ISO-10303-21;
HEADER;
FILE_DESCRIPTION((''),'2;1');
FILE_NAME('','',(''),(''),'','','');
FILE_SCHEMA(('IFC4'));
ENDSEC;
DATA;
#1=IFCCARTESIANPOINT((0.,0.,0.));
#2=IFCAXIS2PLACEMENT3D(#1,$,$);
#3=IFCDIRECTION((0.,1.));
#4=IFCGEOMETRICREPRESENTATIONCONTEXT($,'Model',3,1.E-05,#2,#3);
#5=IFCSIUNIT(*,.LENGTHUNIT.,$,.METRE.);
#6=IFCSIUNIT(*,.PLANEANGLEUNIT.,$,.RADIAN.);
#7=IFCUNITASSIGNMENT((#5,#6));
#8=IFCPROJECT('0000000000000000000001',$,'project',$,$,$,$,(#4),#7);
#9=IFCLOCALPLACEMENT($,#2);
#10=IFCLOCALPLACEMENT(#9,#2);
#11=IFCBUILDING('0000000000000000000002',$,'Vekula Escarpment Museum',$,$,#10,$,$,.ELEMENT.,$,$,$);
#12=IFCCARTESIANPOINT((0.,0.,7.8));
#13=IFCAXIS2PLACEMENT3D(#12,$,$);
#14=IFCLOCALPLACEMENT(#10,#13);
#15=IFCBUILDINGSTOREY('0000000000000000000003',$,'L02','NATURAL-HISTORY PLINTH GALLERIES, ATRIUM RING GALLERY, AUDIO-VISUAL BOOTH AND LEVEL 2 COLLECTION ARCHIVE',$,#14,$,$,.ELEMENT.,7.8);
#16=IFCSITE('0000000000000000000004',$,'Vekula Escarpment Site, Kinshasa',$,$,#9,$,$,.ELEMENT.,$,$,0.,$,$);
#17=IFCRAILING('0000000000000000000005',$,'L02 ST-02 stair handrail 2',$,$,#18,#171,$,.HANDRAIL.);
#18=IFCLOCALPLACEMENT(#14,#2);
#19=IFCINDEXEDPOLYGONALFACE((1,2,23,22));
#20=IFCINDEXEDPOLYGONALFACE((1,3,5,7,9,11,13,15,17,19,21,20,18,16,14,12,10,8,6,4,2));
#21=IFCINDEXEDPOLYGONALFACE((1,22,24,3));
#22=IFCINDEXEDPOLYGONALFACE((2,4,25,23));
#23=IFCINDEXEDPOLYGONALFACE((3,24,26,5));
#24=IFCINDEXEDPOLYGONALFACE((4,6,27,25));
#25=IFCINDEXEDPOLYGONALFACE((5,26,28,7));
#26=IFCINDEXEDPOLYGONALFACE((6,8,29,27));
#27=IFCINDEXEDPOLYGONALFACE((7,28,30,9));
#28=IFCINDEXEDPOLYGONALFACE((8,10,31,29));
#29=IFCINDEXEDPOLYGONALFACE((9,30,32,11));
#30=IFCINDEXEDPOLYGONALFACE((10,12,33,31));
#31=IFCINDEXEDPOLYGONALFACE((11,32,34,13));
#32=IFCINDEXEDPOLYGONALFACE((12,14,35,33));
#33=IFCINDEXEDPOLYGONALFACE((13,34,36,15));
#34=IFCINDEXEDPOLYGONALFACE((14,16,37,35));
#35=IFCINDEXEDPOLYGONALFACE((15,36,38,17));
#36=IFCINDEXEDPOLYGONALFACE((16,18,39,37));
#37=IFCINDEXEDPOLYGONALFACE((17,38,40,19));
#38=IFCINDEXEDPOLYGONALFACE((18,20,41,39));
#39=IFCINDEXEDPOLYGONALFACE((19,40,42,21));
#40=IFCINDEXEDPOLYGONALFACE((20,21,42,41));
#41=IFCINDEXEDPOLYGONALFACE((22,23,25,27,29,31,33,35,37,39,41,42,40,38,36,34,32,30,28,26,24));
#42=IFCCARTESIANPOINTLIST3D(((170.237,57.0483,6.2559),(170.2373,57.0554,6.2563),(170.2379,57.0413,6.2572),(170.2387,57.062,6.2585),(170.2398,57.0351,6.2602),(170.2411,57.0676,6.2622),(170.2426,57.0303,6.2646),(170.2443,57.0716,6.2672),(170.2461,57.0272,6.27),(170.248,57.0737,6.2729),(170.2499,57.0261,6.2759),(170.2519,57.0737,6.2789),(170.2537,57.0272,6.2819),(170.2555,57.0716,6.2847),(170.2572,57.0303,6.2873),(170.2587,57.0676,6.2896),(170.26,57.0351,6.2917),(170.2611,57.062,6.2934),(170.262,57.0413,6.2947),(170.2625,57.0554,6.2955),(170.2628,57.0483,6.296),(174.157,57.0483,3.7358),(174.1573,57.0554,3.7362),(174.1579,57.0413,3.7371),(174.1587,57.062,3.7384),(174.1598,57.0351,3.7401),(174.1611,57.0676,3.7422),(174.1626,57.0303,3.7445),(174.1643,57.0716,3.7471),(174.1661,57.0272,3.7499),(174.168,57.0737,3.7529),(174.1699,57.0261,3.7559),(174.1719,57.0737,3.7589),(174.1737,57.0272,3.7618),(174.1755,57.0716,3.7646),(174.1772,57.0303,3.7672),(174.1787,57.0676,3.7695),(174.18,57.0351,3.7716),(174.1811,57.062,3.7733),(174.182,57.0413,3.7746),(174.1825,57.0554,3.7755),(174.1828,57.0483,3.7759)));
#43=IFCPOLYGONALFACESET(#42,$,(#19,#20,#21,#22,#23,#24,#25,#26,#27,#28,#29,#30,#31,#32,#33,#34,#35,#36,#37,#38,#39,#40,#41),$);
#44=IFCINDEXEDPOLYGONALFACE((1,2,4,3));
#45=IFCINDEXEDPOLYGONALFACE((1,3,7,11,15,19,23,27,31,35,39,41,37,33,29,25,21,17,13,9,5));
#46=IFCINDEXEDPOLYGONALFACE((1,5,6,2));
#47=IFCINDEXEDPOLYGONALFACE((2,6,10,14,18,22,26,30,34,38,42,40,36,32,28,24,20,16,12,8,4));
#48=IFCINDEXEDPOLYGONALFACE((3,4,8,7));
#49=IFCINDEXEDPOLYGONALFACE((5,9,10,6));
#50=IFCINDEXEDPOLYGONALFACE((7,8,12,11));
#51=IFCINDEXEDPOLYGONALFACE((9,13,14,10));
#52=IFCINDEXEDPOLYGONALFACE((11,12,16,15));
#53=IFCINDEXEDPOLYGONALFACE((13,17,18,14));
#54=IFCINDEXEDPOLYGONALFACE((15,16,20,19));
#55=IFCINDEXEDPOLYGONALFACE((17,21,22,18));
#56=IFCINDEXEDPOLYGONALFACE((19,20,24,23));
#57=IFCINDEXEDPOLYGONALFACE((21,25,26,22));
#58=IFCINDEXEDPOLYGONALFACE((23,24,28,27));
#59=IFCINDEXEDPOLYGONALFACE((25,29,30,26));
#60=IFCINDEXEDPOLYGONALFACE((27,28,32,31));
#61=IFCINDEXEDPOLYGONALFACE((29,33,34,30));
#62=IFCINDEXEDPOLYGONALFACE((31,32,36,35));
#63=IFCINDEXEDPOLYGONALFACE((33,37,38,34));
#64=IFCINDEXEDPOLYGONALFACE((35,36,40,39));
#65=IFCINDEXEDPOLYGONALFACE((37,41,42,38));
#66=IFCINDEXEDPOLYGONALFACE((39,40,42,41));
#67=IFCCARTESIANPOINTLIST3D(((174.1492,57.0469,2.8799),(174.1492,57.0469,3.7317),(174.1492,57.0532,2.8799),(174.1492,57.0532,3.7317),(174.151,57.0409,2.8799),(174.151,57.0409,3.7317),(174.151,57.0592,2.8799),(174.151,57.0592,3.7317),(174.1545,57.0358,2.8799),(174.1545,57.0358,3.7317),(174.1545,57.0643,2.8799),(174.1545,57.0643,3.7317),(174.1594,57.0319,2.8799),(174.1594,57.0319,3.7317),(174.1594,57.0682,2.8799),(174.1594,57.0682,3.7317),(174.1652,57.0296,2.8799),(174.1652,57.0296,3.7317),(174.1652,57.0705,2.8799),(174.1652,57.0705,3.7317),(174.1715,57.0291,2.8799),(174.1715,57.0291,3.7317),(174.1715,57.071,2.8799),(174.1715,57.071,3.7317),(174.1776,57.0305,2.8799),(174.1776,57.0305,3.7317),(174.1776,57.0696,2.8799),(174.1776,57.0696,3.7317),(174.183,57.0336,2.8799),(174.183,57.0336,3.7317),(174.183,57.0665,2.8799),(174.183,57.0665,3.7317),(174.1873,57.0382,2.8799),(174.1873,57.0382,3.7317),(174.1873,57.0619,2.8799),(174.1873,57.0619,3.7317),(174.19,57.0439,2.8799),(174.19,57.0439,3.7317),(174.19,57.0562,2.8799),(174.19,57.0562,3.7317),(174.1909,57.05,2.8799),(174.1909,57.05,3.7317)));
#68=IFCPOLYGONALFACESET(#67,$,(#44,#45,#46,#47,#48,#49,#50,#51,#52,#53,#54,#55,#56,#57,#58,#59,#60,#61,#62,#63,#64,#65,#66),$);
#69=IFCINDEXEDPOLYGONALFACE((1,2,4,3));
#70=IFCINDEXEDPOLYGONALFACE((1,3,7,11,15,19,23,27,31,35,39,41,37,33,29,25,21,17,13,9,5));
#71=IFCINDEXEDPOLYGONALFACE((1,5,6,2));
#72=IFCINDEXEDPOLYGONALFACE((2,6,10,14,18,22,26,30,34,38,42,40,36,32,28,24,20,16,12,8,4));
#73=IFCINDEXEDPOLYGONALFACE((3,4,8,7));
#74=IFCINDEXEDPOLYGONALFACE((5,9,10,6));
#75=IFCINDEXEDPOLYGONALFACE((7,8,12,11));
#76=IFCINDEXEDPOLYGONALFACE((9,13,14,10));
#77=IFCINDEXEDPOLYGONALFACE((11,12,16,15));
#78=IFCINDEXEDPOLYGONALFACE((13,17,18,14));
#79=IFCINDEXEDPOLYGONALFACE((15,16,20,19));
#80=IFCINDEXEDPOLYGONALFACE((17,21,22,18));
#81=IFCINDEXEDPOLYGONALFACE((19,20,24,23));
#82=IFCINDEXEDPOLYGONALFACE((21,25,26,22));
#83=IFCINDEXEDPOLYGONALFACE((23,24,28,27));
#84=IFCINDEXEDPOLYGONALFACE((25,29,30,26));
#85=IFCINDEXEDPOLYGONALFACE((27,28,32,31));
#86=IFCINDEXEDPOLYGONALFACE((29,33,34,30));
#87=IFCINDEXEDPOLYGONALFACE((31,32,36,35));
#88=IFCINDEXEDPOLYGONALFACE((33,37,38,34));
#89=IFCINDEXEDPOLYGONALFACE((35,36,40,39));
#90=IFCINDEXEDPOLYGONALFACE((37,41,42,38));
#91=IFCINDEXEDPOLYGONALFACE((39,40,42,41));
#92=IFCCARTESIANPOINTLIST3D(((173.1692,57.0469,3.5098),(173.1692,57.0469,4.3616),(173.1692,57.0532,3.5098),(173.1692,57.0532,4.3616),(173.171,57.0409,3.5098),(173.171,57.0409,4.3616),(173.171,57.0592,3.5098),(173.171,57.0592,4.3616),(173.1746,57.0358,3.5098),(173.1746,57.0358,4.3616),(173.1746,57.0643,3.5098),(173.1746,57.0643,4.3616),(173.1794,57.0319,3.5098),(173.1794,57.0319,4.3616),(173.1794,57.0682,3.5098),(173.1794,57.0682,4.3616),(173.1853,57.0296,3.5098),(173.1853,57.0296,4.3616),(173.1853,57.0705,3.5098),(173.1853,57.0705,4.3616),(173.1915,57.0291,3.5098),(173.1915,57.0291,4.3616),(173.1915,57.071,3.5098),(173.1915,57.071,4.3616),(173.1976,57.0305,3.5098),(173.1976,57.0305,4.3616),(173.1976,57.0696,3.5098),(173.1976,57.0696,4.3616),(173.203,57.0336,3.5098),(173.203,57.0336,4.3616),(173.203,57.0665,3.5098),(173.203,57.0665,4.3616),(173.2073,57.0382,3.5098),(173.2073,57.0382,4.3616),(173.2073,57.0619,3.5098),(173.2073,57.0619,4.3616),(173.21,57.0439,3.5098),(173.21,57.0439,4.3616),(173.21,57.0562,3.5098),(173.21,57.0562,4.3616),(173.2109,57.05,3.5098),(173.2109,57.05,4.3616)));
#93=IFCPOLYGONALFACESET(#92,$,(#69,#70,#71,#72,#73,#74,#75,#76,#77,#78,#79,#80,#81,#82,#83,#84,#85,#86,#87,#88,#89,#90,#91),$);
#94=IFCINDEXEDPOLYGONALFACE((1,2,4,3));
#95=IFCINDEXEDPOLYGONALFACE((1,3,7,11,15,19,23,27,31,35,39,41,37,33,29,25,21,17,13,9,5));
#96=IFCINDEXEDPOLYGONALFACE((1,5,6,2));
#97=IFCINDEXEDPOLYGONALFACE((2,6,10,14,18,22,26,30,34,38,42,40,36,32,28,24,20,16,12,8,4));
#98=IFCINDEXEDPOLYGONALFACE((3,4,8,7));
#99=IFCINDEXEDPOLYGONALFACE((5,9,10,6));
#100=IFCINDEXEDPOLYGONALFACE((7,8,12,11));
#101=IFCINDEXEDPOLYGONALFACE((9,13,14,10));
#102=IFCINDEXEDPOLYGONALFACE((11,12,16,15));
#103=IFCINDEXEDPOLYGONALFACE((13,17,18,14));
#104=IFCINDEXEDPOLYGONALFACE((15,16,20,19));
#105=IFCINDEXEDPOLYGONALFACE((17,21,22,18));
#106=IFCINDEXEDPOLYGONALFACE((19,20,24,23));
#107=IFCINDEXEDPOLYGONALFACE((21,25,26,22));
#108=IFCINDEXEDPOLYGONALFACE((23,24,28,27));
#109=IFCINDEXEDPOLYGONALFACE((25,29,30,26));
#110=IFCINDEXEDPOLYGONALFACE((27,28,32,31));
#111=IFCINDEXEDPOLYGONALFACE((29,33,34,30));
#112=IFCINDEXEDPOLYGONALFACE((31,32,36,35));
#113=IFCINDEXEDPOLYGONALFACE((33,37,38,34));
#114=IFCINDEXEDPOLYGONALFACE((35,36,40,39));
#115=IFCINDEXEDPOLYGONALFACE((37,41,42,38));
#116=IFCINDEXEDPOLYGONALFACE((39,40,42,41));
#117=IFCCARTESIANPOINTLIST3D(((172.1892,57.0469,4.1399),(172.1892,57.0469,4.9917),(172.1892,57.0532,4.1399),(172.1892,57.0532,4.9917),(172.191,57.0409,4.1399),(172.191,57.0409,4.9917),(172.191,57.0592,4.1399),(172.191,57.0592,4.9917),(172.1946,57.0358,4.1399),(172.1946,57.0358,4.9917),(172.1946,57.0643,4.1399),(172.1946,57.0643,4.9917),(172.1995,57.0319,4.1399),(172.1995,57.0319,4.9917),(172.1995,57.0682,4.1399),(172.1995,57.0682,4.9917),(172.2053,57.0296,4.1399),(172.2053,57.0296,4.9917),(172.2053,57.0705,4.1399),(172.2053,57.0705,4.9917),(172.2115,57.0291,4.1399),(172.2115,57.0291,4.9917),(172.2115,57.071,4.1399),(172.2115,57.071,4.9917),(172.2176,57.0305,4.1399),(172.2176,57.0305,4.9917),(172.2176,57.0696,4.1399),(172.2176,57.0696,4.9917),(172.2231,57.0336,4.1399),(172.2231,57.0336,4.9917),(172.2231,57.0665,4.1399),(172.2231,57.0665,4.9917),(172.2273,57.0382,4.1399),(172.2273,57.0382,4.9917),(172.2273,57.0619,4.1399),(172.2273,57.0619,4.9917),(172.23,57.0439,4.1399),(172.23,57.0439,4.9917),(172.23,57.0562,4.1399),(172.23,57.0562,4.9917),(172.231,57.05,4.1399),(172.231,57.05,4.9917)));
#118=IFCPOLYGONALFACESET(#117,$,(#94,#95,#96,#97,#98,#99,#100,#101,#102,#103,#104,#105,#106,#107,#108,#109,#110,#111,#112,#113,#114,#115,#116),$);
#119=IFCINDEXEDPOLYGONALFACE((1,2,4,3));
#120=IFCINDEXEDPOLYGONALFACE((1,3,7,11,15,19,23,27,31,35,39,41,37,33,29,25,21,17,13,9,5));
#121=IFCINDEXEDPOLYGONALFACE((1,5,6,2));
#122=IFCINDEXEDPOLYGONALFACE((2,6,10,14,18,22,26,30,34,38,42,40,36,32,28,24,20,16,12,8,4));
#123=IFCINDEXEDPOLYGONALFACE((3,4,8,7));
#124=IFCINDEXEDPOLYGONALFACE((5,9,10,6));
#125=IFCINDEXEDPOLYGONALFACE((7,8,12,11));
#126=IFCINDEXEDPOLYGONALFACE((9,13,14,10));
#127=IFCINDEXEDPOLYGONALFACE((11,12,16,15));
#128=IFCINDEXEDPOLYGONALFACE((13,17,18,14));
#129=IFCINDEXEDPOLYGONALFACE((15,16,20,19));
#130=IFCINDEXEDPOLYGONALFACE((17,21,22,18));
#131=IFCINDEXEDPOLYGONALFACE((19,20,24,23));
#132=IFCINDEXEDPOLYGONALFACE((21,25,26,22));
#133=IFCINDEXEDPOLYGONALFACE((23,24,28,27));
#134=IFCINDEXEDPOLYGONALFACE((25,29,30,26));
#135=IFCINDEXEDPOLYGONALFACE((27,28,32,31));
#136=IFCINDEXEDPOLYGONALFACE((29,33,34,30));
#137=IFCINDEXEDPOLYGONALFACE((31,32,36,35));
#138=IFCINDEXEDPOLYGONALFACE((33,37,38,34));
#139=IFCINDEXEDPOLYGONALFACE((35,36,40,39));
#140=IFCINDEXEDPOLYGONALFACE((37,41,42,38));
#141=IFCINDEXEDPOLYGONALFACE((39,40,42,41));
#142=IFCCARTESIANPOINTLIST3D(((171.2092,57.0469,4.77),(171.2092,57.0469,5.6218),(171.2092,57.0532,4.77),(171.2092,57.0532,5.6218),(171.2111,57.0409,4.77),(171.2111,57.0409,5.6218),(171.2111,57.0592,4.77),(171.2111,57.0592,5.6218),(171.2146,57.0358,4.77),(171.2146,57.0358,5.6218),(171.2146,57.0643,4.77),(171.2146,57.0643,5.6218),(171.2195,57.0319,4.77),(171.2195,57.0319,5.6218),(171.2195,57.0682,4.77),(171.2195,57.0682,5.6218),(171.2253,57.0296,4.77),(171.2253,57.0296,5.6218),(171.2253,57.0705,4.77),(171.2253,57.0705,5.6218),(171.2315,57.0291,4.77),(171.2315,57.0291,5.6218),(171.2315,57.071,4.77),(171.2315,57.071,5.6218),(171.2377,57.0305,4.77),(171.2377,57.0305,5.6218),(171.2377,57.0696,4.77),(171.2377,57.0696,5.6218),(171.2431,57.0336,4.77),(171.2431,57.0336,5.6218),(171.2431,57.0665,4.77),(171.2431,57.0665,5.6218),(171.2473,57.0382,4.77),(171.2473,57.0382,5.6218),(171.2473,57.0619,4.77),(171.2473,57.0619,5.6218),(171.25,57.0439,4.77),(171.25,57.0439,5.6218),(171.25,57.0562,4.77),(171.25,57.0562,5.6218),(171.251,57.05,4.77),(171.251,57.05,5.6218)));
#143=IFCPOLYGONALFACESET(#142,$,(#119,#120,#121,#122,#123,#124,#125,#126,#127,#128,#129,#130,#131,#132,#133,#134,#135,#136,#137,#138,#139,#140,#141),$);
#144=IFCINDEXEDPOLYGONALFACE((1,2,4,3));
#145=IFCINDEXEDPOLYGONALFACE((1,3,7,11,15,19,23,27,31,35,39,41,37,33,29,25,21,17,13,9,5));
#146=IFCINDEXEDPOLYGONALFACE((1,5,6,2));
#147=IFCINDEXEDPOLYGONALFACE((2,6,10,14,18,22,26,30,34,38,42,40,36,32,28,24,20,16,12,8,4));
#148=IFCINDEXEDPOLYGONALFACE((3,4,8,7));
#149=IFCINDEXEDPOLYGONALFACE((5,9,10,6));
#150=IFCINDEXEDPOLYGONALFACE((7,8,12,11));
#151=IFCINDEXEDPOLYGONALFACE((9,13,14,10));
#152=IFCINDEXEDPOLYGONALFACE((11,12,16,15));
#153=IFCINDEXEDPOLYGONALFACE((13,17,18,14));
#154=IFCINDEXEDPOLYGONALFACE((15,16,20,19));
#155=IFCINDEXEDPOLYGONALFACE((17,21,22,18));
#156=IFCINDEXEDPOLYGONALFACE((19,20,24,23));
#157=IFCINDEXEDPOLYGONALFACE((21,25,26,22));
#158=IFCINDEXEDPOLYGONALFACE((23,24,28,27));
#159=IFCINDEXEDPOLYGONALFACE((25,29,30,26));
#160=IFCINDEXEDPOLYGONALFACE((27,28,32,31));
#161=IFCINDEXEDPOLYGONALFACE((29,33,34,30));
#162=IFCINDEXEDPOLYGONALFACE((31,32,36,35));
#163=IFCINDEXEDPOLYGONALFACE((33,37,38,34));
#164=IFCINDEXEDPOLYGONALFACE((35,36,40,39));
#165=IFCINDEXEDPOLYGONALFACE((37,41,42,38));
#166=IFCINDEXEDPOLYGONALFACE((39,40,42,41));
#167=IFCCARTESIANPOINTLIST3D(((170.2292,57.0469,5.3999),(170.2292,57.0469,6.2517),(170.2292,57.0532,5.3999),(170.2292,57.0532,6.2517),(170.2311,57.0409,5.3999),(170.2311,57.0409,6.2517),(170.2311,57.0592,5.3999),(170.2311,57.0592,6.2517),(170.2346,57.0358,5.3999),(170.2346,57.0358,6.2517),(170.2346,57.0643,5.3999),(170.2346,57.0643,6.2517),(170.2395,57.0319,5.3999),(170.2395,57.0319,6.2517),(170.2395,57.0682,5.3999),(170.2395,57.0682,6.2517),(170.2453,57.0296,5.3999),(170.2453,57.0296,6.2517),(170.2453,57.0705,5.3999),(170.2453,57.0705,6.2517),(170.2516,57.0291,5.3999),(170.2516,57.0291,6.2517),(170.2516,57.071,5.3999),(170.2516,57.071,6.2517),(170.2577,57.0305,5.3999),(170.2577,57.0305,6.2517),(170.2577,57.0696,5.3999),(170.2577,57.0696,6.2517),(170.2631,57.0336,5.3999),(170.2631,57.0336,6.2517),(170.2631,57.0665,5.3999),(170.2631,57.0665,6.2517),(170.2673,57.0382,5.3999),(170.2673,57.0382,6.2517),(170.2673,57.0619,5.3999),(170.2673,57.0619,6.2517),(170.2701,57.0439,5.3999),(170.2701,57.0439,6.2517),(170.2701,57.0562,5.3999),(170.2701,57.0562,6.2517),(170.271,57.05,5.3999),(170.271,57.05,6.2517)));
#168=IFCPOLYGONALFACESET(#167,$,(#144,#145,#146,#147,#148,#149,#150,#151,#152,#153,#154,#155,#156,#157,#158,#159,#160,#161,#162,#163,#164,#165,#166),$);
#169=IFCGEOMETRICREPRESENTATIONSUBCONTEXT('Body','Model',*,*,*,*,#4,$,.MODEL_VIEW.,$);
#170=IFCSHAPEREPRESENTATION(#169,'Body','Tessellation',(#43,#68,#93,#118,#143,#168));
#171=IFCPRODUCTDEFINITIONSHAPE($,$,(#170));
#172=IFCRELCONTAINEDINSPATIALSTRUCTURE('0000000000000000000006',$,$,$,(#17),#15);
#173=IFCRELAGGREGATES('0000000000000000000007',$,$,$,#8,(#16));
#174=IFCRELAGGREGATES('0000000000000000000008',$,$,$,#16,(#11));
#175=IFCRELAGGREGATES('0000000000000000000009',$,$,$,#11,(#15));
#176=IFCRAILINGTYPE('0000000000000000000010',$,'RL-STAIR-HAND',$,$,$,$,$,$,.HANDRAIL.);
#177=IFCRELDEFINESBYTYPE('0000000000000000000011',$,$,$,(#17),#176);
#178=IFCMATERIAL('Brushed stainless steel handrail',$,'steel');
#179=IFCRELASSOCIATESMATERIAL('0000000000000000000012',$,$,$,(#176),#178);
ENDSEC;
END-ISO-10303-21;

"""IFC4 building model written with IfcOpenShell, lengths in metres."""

from ifc_helpers import new_model, si_unit, direction, frame, origin, origin_2d, place, context, subcontext, project, spatial, circle, extrude, material, type_object, element, save


model = new_model("IFC4")

# Units and contexts
model_context = context("Model", 3, precision=1e-05, world=origin(), true_north=direction((0.0, 1.0)))
body_context = subcontext(model_context, "Body", "Model", "MODEL_VIEW")
ifc_project = project(units=[si_unit("LENGTHUNIT", "METRE"), si_unit("PLANEANGLEUNIT", "RADIAN")], contexts=[model_context])

# Site, building, storey
site_placement = place(None, origin())
site = spatial("IfcSite", under=ifc_project, at=site_placement, Name="Vekula Escarpment Site, Kinshasa", CompositionType="ELEMENT", RefElevation=0.0)
building_placement = place(site_placement, origin())
building = spatial("IfcBuilding", under=site, at=building_placement, Name="Vekula Escarpment Museum", CompositionType="ELEMENT")
storey_placement = place(building_placement, frame((0.0, 0.0, 7.8)))
storey = spatial("IfcBuildingStorey", under=building, at=storey_placement, Name="L02", Description="NATURAL-HISTORY PLINTH GALLERIES, ATRIUM RING GALLERY, AUDIO-VISUAL BOOTH AND LEVEL 2 COLLECTION ARCHIVE", CompositionType="ELEMENT", Elevation=7.8)

# Railing
ifc_material_1 = material(Name="Brushed stainless steel handrail", Category="steel")
railing_type_1 = type_object("IfcRailingType", Name="RL-STAIR-HAND", PredefinedType="HANDRAIL", material=ifc_material_1)
railing_1_placement = place(storey_placement, frame((174.1699, 57.05, 2.8799)))
element("IfcRailing", 1, at=railing_1_placement, inside=storey, type_object=railing_type_1, Name="L02 ST-02 stair handrail 2", PredefinedType="HANDRAIL", context=body_context, shape_type="SweptSolid", body=[
    extrude(circle(Radius=0.0239, at=origin_2d()), frame((0.0, 0.0, 0.876), z_axis=(-0.841172, 0.0, 0.540768), x_axis=(0.0, -1.0, 0.0)), (0.0, 0.0, 1.0), 4.6602),
    extrude(circle(Radius=0.021, at=origin_2d()), origin(), (0.0, 0.0, 1.0), 0.8518),
    extrude(circle(Radius=0.021, at=origin_2d()), frame((-0.98, 0.0, 0.6299)), (0.0, 0.0, 1.0), 0.8518),
    extrude(circle(Radius=0.021, at=origin_2d()), frame((-1.96, 0.0, 1.26)), (0.0, 0.0, 1.0), 0.8518),
    extrude(circle(Radius=0.021, at=origin_2d()), frame((-2.9399, 0.0, 1.8901)), (0.0, 0.0, 1.0), 0.8518),
    extrude(circle(Radius=0.021, at=origin_2d()), frame((-3.9199, 0.0, 2.52)), (0.0, 0.0, 1.0), 0.8518),
])

save(model, "model.ifc")
